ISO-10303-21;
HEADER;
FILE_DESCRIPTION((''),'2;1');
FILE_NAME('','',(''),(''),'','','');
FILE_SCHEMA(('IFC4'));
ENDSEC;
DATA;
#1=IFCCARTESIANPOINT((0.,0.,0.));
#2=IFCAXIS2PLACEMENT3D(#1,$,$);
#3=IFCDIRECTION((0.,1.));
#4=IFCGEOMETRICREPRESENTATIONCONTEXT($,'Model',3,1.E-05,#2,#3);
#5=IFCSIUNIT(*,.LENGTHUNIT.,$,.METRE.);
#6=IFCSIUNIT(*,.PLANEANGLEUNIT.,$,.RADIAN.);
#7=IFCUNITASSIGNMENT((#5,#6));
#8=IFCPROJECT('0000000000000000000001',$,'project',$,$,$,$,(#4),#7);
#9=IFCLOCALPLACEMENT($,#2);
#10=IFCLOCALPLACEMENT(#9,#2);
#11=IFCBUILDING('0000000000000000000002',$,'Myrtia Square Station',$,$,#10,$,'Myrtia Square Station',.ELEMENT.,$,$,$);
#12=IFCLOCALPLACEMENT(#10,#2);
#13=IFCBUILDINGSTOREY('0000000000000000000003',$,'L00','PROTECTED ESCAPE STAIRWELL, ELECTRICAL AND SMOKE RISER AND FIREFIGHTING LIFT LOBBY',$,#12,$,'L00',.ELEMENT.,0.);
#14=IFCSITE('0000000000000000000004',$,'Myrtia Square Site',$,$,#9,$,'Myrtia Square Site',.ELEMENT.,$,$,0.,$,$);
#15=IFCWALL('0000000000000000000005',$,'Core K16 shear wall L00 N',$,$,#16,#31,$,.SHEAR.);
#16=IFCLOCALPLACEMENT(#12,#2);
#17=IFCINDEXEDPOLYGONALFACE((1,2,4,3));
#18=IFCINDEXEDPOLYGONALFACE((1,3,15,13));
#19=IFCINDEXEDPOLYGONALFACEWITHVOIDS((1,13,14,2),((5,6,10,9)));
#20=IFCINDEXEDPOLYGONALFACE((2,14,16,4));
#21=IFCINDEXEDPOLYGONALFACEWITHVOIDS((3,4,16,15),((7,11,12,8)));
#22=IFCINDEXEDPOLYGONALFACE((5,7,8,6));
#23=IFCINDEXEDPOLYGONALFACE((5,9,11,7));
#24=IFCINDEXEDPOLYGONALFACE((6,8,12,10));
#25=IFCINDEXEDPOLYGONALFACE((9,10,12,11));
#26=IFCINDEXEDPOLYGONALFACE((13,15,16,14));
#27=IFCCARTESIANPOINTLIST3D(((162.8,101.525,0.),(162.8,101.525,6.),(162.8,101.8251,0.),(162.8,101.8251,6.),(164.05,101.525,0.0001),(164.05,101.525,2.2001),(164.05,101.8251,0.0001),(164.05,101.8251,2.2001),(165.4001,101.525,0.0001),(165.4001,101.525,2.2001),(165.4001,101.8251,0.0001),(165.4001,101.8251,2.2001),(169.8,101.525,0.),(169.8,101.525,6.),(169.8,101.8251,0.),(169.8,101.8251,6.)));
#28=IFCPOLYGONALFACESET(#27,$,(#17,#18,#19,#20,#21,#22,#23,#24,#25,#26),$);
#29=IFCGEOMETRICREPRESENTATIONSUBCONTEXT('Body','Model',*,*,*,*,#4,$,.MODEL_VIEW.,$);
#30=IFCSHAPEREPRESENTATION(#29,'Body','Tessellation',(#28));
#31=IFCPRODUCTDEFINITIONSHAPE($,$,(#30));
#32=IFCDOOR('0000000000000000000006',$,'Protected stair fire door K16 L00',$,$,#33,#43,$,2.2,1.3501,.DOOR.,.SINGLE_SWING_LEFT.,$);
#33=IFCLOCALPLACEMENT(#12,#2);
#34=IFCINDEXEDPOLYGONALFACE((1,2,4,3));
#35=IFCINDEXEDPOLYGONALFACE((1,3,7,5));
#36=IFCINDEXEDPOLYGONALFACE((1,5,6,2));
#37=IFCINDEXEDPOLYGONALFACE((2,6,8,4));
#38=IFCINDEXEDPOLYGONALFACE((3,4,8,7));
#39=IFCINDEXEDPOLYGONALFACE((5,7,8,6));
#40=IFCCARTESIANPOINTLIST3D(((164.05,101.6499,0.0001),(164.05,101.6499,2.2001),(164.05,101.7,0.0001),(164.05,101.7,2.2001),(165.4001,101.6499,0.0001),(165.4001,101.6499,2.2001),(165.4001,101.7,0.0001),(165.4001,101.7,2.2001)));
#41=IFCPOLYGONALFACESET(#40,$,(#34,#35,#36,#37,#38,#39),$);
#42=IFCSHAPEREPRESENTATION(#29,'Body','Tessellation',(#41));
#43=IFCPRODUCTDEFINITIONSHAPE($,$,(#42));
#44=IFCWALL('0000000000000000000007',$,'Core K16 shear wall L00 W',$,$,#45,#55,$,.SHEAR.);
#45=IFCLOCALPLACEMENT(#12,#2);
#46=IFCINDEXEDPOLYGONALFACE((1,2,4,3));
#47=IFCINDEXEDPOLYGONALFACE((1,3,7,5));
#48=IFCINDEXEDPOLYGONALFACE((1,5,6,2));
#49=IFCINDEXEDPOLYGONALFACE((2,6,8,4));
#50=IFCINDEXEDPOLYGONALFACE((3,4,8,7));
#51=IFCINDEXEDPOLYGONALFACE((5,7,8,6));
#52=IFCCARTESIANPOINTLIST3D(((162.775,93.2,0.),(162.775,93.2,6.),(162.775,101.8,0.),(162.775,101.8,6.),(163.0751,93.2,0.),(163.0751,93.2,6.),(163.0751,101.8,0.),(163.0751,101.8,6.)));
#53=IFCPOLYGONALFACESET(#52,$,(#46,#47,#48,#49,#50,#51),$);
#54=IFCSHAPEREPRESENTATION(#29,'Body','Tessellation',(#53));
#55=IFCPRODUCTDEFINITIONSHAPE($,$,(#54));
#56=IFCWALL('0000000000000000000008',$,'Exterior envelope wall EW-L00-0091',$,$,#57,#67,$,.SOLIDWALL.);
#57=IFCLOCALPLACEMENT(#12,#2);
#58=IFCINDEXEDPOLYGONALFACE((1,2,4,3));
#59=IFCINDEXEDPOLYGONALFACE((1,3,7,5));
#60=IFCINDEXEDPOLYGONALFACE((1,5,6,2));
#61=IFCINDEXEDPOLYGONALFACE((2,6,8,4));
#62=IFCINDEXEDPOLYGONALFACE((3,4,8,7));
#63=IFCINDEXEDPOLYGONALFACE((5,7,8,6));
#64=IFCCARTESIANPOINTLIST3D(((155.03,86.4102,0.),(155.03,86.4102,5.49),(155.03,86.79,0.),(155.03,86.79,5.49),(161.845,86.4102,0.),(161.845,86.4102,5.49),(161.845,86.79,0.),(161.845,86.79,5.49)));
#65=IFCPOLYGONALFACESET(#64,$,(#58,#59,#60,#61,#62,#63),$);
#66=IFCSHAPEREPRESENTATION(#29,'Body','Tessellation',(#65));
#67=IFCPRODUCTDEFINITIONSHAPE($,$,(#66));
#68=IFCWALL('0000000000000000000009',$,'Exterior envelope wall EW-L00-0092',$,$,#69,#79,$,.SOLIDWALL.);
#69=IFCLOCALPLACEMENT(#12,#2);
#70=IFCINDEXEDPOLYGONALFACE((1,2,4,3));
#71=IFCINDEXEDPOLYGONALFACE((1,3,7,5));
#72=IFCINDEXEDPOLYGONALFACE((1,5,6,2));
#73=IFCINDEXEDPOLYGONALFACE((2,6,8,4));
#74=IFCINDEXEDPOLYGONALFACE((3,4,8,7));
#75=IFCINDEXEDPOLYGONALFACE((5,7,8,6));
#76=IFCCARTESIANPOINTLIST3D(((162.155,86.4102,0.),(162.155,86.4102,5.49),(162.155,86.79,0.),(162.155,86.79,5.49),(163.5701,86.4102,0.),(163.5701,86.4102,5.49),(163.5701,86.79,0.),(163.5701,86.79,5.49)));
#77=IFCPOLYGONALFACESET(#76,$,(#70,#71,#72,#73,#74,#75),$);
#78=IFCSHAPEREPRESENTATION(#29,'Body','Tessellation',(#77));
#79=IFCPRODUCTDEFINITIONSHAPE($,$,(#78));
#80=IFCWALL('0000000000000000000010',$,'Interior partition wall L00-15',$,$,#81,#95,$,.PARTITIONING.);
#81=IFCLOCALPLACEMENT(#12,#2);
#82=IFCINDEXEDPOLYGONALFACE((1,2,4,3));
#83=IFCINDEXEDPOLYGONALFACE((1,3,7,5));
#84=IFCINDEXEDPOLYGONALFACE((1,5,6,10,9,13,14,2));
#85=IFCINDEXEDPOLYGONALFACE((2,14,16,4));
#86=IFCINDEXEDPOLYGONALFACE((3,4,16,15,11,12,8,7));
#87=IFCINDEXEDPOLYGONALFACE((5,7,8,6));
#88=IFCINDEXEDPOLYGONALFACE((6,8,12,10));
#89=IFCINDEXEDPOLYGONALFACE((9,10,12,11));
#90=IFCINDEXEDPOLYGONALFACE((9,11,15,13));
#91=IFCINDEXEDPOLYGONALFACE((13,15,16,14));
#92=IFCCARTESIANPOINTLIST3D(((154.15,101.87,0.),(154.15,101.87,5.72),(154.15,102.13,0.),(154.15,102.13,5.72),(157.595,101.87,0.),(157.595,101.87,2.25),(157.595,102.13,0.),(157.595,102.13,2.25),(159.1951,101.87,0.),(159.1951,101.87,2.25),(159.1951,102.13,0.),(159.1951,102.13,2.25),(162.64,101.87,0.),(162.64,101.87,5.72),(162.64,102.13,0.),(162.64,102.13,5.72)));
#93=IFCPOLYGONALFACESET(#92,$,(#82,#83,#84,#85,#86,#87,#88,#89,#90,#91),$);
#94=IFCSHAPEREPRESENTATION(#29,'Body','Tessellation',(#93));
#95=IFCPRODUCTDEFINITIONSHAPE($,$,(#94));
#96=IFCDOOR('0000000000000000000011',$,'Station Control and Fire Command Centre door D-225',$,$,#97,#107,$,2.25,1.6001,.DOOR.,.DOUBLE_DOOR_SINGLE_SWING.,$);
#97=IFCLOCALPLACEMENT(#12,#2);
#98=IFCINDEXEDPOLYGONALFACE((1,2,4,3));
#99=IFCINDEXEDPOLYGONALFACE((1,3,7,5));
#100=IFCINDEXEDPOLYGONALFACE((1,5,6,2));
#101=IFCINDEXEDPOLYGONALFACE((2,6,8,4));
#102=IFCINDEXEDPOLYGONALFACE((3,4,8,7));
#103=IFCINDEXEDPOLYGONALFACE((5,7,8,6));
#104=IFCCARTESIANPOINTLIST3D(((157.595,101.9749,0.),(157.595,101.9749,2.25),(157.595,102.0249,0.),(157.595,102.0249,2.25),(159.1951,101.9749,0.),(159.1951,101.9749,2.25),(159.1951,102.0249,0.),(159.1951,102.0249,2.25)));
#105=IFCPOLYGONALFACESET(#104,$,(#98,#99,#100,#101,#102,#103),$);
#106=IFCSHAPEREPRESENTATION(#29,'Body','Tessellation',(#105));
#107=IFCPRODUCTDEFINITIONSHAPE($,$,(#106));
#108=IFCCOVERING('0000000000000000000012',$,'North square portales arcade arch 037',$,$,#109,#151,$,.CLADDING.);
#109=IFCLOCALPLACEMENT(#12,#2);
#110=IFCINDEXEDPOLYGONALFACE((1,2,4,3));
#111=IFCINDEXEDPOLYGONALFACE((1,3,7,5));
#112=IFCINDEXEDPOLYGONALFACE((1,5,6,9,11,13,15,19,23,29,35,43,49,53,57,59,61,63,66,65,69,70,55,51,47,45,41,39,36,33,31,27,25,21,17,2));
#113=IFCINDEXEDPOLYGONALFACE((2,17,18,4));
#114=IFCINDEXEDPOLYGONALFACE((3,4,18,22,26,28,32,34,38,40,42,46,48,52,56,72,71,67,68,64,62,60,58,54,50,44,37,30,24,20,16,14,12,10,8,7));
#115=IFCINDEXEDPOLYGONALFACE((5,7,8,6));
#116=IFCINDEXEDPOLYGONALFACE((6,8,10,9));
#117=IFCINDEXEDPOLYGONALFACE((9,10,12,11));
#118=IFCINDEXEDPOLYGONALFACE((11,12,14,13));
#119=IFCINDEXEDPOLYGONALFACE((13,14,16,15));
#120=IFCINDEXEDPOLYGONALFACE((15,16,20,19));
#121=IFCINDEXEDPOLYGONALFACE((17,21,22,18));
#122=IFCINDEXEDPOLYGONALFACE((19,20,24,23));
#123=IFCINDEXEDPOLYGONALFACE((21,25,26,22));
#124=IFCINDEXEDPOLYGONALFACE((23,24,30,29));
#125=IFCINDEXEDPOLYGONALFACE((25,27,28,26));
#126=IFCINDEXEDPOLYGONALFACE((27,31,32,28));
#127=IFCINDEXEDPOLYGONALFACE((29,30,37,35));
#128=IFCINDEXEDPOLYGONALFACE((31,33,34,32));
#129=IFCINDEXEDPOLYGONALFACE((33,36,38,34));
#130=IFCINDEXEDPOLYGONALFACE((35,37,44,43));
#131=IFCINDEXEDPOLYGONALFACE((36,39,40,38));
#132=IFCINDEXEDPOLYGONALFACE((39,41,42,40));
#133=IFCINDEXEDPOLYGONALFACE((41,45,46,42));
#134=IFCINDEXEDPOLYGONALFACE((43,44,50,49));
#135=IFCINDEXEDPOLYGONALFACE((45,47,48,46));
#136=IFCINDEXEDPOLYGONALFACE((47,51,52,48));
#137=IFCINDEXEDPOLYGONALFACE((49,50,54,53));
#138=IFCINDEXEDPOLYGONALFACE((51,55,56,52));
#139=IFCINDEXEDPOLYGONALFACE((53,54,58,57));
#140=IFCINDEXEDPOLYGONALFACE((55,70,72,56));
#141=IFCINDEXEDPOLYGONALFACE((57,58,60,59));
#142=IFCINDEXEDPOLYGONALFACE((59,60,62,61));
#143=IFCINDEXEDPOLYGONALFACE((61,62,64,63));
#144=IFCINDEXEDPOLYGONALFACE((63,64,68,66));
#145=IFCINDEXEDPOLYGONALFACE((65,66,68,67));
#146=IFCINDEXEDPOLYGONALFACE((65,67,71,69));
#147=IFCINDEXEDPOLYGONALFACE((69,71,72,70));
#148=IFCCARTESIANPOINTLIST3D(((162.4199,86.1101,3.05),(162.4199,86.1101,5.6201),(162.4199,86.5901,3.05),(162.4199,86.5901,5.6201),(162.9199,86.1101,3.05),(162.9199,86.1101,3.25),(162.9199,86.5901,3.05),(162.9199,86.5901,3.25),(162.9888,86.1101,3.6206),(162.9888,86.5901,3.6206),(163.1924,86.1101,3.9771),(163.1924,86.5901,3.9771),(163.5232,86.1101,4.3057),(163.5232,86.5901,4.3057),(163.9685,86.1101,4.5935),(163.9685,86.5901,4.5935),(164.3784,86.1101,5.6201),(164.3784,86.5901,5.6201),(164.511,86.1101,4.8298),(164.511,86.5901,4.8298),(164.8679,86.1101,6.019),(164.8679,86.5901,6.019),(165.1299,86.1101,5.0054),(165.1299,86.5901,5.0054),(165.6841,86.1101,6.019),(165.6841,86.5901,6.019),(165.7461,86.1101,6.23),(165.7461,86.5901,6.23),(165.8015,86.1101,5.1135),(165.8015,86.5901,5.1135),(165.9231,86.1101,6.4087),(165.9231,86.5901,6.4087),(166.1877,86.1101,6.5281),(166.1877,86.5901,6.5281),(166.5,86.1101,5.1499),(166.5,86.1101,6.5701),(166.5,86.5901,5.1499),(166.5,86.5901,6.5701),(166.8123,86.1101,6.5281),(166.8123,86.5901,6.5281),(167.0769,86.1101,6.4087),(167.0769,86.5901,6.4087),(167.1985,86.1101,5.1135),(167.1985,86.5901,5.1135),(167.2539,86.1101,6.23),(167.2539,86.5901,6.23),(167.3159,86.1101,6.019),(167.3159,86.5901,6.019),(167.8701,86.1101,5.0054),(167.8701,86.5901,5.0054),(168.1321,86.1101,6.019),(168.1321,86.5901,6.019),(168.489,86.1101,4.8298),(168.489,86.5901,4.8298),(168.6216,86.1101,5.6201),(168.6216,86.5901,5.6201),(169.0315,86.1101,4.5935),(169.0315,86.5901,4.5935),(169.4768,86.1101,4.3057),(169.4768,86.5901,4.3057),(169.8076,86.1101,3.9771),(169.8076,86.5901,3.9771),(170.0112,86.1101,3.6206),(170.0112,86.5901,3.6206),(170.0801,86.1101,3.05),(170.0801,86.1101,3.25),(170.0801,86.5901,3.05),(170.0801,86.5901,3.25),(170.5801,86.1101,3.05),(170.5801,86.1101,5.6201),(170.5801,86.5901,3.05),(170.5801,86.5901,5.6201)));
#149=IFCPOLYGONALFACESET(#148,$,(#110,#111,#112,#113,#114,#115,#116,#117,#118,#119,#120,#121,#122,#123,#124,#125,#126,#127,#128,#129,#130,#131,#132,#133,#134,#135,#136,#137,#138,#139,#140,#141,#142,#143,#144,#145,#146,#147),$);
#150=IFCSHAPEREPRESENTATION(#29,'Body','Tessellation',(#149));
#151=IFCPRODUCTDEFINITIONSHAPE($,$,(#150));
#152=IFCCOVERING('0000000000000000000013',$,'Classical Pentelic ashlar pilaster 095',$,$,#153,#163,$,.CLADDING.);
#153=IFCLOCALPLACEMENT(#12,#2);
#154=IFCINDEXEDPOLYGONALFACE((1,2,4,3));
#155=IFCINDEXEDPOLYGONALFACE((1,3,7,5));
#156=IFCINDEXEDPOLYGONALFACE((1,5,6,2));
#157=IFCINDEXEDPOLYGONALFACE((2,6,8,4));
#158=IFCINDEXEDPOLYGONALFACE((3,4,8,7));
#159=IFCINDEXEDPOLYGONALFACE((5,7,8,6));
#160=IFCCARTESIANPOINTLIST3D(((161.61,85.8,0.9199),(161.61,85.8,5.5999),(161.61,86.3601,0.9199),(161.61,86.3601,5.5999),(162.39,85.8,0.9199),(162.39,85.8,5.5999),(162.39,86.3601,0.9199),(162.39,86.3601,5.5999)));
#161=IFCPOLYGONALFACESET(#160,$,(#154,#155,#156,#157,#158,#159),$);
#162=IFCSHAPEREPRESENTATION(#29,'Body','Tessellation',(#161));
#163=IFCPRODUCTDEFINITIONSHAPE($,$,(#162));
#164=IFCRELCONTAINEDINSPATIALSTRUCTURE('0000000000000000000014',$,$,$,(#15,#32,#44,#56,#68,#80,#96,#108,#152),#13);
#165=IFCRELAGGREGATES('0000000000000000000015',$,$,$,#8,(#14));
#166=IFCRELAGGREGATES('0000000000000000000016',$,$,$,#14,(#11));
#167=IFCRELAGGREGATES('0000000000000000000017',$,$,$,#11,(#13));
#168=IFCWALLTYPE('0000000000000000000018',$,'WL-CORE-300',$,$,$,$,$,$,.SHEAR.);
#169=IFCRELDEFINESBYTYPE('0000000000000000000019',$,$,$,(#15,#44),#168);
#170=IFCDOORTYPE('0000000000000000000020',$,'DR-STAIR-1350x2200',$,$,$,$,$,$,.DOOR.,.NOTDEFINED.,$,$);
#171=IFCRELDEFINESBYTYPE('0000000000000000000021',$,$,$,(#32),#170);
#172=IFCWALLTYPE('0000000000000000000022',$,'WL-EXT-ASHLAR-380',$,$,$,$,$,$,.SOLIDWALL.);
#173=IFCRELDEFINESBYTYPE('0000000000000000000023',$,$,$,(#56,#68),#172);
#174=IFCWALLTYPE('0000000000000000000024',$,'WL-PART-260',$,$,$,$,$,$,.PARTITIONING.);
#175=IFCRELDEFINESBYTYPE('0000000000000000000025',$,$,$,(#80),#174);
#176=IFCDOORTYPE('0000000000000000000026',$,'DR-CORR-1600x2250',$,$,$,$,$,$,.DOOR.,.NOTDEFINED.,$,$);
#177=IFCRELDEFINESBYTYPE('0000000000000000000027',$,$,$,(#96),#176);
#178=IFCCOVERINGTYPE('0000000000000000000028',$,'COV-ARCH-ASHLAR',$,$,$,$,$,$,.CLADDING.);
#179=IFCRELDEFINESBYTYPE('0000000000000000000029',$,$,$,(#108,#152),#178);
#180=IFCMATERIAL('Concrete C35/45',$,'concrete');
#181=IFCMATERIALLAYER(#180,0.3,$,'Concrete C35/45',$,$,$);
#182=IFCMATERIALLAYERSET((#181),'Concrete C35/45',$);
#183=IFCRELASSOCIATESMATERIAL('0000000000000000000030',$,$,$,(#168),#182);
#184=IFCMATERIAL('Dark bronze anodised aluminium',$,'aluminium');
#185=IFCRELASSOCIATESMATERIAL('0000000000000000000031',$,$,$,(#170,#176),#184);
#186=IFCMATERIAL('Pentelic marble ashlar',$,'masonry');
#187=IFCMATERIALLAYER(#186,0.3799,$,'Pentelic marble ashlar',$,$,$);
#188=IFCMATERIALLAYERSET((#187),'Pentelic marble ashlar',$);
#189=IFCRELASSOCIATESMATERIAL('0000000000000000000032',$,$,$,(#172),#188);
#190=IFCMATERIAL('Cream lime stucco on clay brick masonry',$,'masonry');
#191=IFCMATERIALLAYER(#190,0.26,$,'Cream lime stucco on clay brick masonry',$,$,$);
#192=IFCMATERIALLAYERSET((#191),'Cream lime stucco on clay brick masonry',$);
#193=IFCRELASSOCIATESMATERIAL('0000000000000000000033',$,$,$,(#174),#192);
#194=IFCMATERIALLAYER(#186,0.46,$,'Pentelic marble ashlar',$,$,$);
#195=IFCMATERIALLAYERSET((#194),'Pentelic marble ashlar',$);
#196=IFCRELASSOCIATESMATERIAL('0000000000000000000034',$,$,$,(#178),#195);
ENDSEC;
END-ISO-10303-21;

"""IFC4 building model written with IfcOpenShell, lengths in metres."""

from ifc_helpers import new_model, si_unit, direction, frame, frame_2d, origin, origin_2d, place, context, subcontext, project, spatial, polyline, rectangle, outline, extrude, material, layer, layer_set, type_object, element, fill, save


model = new_model("IFC4")

# Units and contexts
model_context = context("Model", 3, precision=1e-05, world=origin(), true_north=direction((0.0, 1.0)))
body_context = subcontext(model_context, "Body", "Model", "MODEL_VIEW")
ifc_project = project(units=[si_unit("LENGTHUNIT", "METRE"), si_unit("PLANEANGLEUNIT", "RADIAN")], contexts=[model_context])

# Site, building, storey
site_placement = place(None, origin())
site = spatial("IfcSite", under=ifc_project, at=site_placement, Name="Myrtia Square Site", LongName="Myrtia Square Site", CompositionType="ELEMENT", RefElevation=0.0)
building_placement = place(site_placement, origin())
building = spatial("IfcBuilding", under=site, at=building_placement, Name="Myrtia Square Station", LongName="Myrtia Square Station", CompositionType="ELEMENT")
storey_placement = place(building_placement, origin())
storey = spatial("IfcBuildingStorey", under=building, at=storey_placement, Name="L00", Description="PROTECTED ESCAPE STAIRWELL, ELECTRICAL AND SMOKE RISER AND FIREFIGHTING LIFT LOBBY", LongName="L00", CompositionType="ELEMENT", Elevation=0.0)

# Shared definitions
ifc_material_1 = material(Name="Concrete C35/45", Category="concrete")
ifc_layer_1 = layer(ifc_material_1, 0.3, Name="Concrete C35/45")
ifc_layer_set_1 = layer_set([ifc_layer_1], Name="Concrete C35/45")
wall_type_1 = type_object("IfcWallType", Name="WL-CORE-300", PredefinedType="SHEAR", material=ifc_layer_set_1)

# Wall, opening, door
wall_1_placement = place(storey_placement, frame((162.8, 101.675, 0.0), z_axis=(0.0, 0.0, 1.0), x_axis=(1.0, 0.0, 0.0)))
wall_1 = element("IfcWall", 1, at=wall_1_placement, inside=storey, type_object=wall_type_1, Name="Core K16 shear wall L00 N", PredefinedType="SHEAR", context=body_context, shape_type="SweptSolid", body=[
    extrude(rectangle(XDim=7.0, YDim=0.3, at=frame_2d((3.5, 0.0))), origin(), (0.0, 0.0, 1.0), 6.0),
])
opening_1_placement = place(wall_1_placement, frame((1.25, 0.0, 0.0)))
opening_1 = element("IfcOpeningElement", 2, at=opening_1_placement, cuts=wall_1, PredefinedType="OPENING", context=body_context, shape_type="SweptSolid", body=[
    extrude(rectangle(XDim=1.3501, YDim=2.2, at=frame_2d((0.675, 1.1001))), frame((0.0, 0.165, 0.0), z_axis=(0.0, -1.0, 0.0), x_axis=(1.0, 0.0, 0.0)), (0.0, 0.0, 1.0), 0.3301),
])
ifc_material_2 = material(Name="Dark bronze anodised aluminium", Category="aluminium")
door_type_1 = type_object("IfcDoorType", Name="DR-STAIR-1350x2200", OperationType="NOTDEFINED", PredefinedType="DOOR", material=ifc_material_2)
door_1_placement = place(opening_1_placement, origin())
door_1 = element("IfcDoor", 3, at=door_1_placement, inside=storey, type_object=door_type_1, Name="Protected stair fire door K16 L00", OperationType="SINGLE_SWING_LEFT", OverallHeight=2.2, OverallWidth=1.3501, PredefinedType="DOOR", context=body_context, shape_type="SweptSolid", body=[
    extrude(rectangle(XDim=1.3501, YDim=2.2, at=frame_2d((0.675, 1.1001))), frame((0.0, 0.0249, 0.0), z_axis=(0.0, -1.0, 0.0), x_axis=(1.0, 0.0, 0.0)), (0.0, 0.0, 1.0), 0.05),
])
fill(opening_1, door_1)

# Walls
wall_2_placement = place(storey_placement, frame((162.925, 93.2, 0.0), z_axis=(0.0, 0.0, 1.0), x_axis=(0.0, 1.0, 0.0)))
element("IfcWall", 4, at=wall_2_placement, inside=storey, type_object=wall_type_1, Name="Core K16 shear wall L00 W", PredefinedType="SHEAR", context=body_context, shape_type="SweptSolid", body=[
    extrude(rectangle(XDim=8.6001, YDim=0.3, at=frame_2d((4.3, 0.0))), origin(), (0.0, 0.0, 1.0), 6.0),
])
ifc_material_3 = material(Name="Pentelic marble ashlar", Category="masonry")
ifc_layer_2 = layer(ifc_material_3, 0.3799, Name="Pentelic marble ashlar")
ifc_layer_set_2 = layer_set([ifc_layer_2], Name="Pentelic marble ashlar")
wall_type_2 = type_object("IfcWallType", Name="WL-EXT-ASHLAR-380", PredefinedType="SOLIDWALL", material=ifc_layer_set_2)
wall_3_placement = place(storey_placement, frame((155.03, 86.6001, 0.0), z_axis=(0.0, 0.0, 1.0), x_axis=(1.0, 0.0, 0.0)))
element("IfcWall", 5, at=wall_3_placement, inside=storey, type_object=wall_type_2, Name="Exterior envelope wall EW-L00-0091", PredefinedType="SOLIDWALL", context=body_context, shape_type="SweptSolid", body=[
    extrude(rectangle(XDim=6.8149, YDim=0.3799, at=frame_2d((3.4075, 0.0))), origin(), (0.0, 0.0, 1.0), 5.49),
])
wall_4_placement = place(storey_placement, frame((162.155, 86.6001, 0.0), z_axis=(0.0, 0.0, 1.0), x_axis=(1.0, 0.0, 0.0)))
element("IfcWall", 6, at=wall_4_placement, inside=storey, type_object=wall_type_2, Name="Exterior envelope wall EW-L00-0092", PredefinedType="SOLIDWALL", context=body_context, shape_type="SweptSolid", body=[
    extrude(rectangle(XDim=1.415, YDim=0.3799, at=frame_2d((0.7075, 0.0))), origin(), (0.0, 0.0, 1.0), 5.49),
])

# Wall, opening, door
ifc_material_4 = material(Name="Cream lime stucco on clay brick masonry", Category="masonry")
ifc_layer_3 = layer(ifc_material_4, 0.26, Name="Cream lime stucco on clay brick masonry")
ifc_layer_set_3 = layer_set([ifc_layer_3], Name="Cream lime stucco on clay brick masonry")
wall_type_3 = type_object("IfcWallType", Name="WL-PART-260", PredefinedType="PARTITIONING", material=ifc_layer_set_3)
wall_5_placement = place(storey_placement, frame((154.1499, 102.0, 0.0), z_axis=(0.0, 0.0, 1.0), x_axis=(1.0, 0.0, 0.0)))
wall_5 = element("IfcWall", 7, at=wall_5_placement, inside=storey, type_object=wall_type_3, Name="Interior partition wall L00-15", PredefinedType="PARTITIONING", context=body_context, shape_type="SweptSolid", body=[
    extrude(rectangle(XDim=8.49, YDim=0.26, at=frame_2d((4.2451, 0.0))), origin(), (0.0, 0.0, 1.0), 5.72),
])
opening_2_placement = place(wall_5_placement, frame((3.4451, 0.0, 0.0)))
opening_2 = element("IfcOpeningElement", 8, at=opening_2_placement, cuts=wall_5, PredefinedType="OPENING", context=body_context, shape_type="SweptSolid", body=[
    extrude(rectangle(XDim=1.6001, YDim=2.25, at=frame_2d((0.8, 1.125))), frame((0.0, 0.145, 0.0), z_axis=(0.0, -1.0, 0.0), x_axis=(1.0, 0.0, 0.0)), (0.0, 0.0, 1.0), 0.29),
])
door_type_2 = type_object("IfcDoorType", Name="DR-CORR-1600x2250", OperationType="NOTDEFINED", PredefinedType="DOOR", material=ifc_material_2)
door_2_placement = place(opening_2_placement, origin())
door_2 = element("IfcDoor", 9, at=door_2_placement, inside=storey, type_object=door_type_2, Name="Station Control and Fire Command Centre door D-225", OperationType="DOUBLE_DOOR_SINGLE_SWING", OverallHeight=2.25, OverallWidth=1.6001, PredefinedType="DOOR", context=body_context, shape_type="SweptSolid", body=[
    extrude(rectangle(XDim=1.6001, YDim=2.25, at=frame_2d((0.8, 1.125))), frame((0.0, 0.0249, 0.0), z_axis=(0.0, -1.0, 0.0), x_axis=(1.0, 0.0, 0.0)), (0.0, 0.0, 1.0), 0.05),
])
fill(opening_2, door_2)

# Coverings
ifc_layer_4 = layer(ifc_material_3, 0.46, Name="Pentelic marble ashlar")
ifc_layer_set_4 = layer_set([ifc_layer_4], Name="Pentelic marble ashlar")
covering_type = type_object("IfcCoveringType", Name="COV-ARCH-ASHLAR", PredefinedType="CLADDING", material=ifc_layer_set_4)
covering_1_placement = place(storey_placement, frame((162.4199, 86.3501, 3.05), z_axis=(0.0, 0.0, 1.0), x_axis=(1.0, 0.0, 0.0)))
element("IfcCovering", 10, at=covering_1_placement, inside=storey, type_object=covering_type, Name="North square portales arcade arch 037", PredefinedType="CLADDING", context=body_context, shape_type="SweptSolid", body=[
    extrude(outline(polyline([(0.0, 0.0), (0.5, 0.0), (0.5, 0.2), (0.5688, 0.5706), (0.7725, 0.927), (1.1033, 1.2556), (1.5486, 1.5435), (2.0911, 1.7798), (2.71, 1.9553), (3.3816, 2.0635), (4.0801, 2.0999), (4.7786, 2.0635), (5.4502, 1.9553), (6.0691, 1.7798), (6.6116, 1.5435), (7.0569, 1.2556), (7.3877, 0.927), (7.5913, 0.5706), (7.6602, 0.2), (7.6602, 0.0), (8.1602, 0.0), (8.1602, 2.5701), (6.2017, 2.5701), (5.7122, 2.969), (4.896, 2.969), (4.834, 3.1799), (4.657, 3.3586), (4.3923, 3.478), (4.0801, 3.52), (3.7678, 3.478), (3.5032, 3.3586), (3.3262, 3.1799), (3.2642, 2.969), (2.448, 2.969), (1.9585, 2.5701), (0.0, 2.5701), (0.0, 0.0)])), frame((0.0, 0.24, 0.0), z_axis=(0.0, -1.0, 0.0), x_axis=(1.0, 0.0, 0.0)), (0.0, 0.0, 1.0), 0.48),
])
covering_2_placement = place(storey_placement, frame((162.0, 86.0801, 0.9199), z_axis=(0.0, 0.0, 1.0), x_axis=(1.0, 0.0, 0.0)))
element("IfcCovering", 11, at=covering_2_placement, inside=storey, type_object=covering_type, Name="Classical Pentelic ashlar pilaster 095", PredefinedType="CLADDING", context=body_context, shape_type="SweptSolid", body=[
    extrude(rectangle(XDim=0.78, YDim=0.5601, at=origin_2d()), origin(), (0.0, 0.0, 1.0), 4.6799),
])

save(model, "model.ifc")
